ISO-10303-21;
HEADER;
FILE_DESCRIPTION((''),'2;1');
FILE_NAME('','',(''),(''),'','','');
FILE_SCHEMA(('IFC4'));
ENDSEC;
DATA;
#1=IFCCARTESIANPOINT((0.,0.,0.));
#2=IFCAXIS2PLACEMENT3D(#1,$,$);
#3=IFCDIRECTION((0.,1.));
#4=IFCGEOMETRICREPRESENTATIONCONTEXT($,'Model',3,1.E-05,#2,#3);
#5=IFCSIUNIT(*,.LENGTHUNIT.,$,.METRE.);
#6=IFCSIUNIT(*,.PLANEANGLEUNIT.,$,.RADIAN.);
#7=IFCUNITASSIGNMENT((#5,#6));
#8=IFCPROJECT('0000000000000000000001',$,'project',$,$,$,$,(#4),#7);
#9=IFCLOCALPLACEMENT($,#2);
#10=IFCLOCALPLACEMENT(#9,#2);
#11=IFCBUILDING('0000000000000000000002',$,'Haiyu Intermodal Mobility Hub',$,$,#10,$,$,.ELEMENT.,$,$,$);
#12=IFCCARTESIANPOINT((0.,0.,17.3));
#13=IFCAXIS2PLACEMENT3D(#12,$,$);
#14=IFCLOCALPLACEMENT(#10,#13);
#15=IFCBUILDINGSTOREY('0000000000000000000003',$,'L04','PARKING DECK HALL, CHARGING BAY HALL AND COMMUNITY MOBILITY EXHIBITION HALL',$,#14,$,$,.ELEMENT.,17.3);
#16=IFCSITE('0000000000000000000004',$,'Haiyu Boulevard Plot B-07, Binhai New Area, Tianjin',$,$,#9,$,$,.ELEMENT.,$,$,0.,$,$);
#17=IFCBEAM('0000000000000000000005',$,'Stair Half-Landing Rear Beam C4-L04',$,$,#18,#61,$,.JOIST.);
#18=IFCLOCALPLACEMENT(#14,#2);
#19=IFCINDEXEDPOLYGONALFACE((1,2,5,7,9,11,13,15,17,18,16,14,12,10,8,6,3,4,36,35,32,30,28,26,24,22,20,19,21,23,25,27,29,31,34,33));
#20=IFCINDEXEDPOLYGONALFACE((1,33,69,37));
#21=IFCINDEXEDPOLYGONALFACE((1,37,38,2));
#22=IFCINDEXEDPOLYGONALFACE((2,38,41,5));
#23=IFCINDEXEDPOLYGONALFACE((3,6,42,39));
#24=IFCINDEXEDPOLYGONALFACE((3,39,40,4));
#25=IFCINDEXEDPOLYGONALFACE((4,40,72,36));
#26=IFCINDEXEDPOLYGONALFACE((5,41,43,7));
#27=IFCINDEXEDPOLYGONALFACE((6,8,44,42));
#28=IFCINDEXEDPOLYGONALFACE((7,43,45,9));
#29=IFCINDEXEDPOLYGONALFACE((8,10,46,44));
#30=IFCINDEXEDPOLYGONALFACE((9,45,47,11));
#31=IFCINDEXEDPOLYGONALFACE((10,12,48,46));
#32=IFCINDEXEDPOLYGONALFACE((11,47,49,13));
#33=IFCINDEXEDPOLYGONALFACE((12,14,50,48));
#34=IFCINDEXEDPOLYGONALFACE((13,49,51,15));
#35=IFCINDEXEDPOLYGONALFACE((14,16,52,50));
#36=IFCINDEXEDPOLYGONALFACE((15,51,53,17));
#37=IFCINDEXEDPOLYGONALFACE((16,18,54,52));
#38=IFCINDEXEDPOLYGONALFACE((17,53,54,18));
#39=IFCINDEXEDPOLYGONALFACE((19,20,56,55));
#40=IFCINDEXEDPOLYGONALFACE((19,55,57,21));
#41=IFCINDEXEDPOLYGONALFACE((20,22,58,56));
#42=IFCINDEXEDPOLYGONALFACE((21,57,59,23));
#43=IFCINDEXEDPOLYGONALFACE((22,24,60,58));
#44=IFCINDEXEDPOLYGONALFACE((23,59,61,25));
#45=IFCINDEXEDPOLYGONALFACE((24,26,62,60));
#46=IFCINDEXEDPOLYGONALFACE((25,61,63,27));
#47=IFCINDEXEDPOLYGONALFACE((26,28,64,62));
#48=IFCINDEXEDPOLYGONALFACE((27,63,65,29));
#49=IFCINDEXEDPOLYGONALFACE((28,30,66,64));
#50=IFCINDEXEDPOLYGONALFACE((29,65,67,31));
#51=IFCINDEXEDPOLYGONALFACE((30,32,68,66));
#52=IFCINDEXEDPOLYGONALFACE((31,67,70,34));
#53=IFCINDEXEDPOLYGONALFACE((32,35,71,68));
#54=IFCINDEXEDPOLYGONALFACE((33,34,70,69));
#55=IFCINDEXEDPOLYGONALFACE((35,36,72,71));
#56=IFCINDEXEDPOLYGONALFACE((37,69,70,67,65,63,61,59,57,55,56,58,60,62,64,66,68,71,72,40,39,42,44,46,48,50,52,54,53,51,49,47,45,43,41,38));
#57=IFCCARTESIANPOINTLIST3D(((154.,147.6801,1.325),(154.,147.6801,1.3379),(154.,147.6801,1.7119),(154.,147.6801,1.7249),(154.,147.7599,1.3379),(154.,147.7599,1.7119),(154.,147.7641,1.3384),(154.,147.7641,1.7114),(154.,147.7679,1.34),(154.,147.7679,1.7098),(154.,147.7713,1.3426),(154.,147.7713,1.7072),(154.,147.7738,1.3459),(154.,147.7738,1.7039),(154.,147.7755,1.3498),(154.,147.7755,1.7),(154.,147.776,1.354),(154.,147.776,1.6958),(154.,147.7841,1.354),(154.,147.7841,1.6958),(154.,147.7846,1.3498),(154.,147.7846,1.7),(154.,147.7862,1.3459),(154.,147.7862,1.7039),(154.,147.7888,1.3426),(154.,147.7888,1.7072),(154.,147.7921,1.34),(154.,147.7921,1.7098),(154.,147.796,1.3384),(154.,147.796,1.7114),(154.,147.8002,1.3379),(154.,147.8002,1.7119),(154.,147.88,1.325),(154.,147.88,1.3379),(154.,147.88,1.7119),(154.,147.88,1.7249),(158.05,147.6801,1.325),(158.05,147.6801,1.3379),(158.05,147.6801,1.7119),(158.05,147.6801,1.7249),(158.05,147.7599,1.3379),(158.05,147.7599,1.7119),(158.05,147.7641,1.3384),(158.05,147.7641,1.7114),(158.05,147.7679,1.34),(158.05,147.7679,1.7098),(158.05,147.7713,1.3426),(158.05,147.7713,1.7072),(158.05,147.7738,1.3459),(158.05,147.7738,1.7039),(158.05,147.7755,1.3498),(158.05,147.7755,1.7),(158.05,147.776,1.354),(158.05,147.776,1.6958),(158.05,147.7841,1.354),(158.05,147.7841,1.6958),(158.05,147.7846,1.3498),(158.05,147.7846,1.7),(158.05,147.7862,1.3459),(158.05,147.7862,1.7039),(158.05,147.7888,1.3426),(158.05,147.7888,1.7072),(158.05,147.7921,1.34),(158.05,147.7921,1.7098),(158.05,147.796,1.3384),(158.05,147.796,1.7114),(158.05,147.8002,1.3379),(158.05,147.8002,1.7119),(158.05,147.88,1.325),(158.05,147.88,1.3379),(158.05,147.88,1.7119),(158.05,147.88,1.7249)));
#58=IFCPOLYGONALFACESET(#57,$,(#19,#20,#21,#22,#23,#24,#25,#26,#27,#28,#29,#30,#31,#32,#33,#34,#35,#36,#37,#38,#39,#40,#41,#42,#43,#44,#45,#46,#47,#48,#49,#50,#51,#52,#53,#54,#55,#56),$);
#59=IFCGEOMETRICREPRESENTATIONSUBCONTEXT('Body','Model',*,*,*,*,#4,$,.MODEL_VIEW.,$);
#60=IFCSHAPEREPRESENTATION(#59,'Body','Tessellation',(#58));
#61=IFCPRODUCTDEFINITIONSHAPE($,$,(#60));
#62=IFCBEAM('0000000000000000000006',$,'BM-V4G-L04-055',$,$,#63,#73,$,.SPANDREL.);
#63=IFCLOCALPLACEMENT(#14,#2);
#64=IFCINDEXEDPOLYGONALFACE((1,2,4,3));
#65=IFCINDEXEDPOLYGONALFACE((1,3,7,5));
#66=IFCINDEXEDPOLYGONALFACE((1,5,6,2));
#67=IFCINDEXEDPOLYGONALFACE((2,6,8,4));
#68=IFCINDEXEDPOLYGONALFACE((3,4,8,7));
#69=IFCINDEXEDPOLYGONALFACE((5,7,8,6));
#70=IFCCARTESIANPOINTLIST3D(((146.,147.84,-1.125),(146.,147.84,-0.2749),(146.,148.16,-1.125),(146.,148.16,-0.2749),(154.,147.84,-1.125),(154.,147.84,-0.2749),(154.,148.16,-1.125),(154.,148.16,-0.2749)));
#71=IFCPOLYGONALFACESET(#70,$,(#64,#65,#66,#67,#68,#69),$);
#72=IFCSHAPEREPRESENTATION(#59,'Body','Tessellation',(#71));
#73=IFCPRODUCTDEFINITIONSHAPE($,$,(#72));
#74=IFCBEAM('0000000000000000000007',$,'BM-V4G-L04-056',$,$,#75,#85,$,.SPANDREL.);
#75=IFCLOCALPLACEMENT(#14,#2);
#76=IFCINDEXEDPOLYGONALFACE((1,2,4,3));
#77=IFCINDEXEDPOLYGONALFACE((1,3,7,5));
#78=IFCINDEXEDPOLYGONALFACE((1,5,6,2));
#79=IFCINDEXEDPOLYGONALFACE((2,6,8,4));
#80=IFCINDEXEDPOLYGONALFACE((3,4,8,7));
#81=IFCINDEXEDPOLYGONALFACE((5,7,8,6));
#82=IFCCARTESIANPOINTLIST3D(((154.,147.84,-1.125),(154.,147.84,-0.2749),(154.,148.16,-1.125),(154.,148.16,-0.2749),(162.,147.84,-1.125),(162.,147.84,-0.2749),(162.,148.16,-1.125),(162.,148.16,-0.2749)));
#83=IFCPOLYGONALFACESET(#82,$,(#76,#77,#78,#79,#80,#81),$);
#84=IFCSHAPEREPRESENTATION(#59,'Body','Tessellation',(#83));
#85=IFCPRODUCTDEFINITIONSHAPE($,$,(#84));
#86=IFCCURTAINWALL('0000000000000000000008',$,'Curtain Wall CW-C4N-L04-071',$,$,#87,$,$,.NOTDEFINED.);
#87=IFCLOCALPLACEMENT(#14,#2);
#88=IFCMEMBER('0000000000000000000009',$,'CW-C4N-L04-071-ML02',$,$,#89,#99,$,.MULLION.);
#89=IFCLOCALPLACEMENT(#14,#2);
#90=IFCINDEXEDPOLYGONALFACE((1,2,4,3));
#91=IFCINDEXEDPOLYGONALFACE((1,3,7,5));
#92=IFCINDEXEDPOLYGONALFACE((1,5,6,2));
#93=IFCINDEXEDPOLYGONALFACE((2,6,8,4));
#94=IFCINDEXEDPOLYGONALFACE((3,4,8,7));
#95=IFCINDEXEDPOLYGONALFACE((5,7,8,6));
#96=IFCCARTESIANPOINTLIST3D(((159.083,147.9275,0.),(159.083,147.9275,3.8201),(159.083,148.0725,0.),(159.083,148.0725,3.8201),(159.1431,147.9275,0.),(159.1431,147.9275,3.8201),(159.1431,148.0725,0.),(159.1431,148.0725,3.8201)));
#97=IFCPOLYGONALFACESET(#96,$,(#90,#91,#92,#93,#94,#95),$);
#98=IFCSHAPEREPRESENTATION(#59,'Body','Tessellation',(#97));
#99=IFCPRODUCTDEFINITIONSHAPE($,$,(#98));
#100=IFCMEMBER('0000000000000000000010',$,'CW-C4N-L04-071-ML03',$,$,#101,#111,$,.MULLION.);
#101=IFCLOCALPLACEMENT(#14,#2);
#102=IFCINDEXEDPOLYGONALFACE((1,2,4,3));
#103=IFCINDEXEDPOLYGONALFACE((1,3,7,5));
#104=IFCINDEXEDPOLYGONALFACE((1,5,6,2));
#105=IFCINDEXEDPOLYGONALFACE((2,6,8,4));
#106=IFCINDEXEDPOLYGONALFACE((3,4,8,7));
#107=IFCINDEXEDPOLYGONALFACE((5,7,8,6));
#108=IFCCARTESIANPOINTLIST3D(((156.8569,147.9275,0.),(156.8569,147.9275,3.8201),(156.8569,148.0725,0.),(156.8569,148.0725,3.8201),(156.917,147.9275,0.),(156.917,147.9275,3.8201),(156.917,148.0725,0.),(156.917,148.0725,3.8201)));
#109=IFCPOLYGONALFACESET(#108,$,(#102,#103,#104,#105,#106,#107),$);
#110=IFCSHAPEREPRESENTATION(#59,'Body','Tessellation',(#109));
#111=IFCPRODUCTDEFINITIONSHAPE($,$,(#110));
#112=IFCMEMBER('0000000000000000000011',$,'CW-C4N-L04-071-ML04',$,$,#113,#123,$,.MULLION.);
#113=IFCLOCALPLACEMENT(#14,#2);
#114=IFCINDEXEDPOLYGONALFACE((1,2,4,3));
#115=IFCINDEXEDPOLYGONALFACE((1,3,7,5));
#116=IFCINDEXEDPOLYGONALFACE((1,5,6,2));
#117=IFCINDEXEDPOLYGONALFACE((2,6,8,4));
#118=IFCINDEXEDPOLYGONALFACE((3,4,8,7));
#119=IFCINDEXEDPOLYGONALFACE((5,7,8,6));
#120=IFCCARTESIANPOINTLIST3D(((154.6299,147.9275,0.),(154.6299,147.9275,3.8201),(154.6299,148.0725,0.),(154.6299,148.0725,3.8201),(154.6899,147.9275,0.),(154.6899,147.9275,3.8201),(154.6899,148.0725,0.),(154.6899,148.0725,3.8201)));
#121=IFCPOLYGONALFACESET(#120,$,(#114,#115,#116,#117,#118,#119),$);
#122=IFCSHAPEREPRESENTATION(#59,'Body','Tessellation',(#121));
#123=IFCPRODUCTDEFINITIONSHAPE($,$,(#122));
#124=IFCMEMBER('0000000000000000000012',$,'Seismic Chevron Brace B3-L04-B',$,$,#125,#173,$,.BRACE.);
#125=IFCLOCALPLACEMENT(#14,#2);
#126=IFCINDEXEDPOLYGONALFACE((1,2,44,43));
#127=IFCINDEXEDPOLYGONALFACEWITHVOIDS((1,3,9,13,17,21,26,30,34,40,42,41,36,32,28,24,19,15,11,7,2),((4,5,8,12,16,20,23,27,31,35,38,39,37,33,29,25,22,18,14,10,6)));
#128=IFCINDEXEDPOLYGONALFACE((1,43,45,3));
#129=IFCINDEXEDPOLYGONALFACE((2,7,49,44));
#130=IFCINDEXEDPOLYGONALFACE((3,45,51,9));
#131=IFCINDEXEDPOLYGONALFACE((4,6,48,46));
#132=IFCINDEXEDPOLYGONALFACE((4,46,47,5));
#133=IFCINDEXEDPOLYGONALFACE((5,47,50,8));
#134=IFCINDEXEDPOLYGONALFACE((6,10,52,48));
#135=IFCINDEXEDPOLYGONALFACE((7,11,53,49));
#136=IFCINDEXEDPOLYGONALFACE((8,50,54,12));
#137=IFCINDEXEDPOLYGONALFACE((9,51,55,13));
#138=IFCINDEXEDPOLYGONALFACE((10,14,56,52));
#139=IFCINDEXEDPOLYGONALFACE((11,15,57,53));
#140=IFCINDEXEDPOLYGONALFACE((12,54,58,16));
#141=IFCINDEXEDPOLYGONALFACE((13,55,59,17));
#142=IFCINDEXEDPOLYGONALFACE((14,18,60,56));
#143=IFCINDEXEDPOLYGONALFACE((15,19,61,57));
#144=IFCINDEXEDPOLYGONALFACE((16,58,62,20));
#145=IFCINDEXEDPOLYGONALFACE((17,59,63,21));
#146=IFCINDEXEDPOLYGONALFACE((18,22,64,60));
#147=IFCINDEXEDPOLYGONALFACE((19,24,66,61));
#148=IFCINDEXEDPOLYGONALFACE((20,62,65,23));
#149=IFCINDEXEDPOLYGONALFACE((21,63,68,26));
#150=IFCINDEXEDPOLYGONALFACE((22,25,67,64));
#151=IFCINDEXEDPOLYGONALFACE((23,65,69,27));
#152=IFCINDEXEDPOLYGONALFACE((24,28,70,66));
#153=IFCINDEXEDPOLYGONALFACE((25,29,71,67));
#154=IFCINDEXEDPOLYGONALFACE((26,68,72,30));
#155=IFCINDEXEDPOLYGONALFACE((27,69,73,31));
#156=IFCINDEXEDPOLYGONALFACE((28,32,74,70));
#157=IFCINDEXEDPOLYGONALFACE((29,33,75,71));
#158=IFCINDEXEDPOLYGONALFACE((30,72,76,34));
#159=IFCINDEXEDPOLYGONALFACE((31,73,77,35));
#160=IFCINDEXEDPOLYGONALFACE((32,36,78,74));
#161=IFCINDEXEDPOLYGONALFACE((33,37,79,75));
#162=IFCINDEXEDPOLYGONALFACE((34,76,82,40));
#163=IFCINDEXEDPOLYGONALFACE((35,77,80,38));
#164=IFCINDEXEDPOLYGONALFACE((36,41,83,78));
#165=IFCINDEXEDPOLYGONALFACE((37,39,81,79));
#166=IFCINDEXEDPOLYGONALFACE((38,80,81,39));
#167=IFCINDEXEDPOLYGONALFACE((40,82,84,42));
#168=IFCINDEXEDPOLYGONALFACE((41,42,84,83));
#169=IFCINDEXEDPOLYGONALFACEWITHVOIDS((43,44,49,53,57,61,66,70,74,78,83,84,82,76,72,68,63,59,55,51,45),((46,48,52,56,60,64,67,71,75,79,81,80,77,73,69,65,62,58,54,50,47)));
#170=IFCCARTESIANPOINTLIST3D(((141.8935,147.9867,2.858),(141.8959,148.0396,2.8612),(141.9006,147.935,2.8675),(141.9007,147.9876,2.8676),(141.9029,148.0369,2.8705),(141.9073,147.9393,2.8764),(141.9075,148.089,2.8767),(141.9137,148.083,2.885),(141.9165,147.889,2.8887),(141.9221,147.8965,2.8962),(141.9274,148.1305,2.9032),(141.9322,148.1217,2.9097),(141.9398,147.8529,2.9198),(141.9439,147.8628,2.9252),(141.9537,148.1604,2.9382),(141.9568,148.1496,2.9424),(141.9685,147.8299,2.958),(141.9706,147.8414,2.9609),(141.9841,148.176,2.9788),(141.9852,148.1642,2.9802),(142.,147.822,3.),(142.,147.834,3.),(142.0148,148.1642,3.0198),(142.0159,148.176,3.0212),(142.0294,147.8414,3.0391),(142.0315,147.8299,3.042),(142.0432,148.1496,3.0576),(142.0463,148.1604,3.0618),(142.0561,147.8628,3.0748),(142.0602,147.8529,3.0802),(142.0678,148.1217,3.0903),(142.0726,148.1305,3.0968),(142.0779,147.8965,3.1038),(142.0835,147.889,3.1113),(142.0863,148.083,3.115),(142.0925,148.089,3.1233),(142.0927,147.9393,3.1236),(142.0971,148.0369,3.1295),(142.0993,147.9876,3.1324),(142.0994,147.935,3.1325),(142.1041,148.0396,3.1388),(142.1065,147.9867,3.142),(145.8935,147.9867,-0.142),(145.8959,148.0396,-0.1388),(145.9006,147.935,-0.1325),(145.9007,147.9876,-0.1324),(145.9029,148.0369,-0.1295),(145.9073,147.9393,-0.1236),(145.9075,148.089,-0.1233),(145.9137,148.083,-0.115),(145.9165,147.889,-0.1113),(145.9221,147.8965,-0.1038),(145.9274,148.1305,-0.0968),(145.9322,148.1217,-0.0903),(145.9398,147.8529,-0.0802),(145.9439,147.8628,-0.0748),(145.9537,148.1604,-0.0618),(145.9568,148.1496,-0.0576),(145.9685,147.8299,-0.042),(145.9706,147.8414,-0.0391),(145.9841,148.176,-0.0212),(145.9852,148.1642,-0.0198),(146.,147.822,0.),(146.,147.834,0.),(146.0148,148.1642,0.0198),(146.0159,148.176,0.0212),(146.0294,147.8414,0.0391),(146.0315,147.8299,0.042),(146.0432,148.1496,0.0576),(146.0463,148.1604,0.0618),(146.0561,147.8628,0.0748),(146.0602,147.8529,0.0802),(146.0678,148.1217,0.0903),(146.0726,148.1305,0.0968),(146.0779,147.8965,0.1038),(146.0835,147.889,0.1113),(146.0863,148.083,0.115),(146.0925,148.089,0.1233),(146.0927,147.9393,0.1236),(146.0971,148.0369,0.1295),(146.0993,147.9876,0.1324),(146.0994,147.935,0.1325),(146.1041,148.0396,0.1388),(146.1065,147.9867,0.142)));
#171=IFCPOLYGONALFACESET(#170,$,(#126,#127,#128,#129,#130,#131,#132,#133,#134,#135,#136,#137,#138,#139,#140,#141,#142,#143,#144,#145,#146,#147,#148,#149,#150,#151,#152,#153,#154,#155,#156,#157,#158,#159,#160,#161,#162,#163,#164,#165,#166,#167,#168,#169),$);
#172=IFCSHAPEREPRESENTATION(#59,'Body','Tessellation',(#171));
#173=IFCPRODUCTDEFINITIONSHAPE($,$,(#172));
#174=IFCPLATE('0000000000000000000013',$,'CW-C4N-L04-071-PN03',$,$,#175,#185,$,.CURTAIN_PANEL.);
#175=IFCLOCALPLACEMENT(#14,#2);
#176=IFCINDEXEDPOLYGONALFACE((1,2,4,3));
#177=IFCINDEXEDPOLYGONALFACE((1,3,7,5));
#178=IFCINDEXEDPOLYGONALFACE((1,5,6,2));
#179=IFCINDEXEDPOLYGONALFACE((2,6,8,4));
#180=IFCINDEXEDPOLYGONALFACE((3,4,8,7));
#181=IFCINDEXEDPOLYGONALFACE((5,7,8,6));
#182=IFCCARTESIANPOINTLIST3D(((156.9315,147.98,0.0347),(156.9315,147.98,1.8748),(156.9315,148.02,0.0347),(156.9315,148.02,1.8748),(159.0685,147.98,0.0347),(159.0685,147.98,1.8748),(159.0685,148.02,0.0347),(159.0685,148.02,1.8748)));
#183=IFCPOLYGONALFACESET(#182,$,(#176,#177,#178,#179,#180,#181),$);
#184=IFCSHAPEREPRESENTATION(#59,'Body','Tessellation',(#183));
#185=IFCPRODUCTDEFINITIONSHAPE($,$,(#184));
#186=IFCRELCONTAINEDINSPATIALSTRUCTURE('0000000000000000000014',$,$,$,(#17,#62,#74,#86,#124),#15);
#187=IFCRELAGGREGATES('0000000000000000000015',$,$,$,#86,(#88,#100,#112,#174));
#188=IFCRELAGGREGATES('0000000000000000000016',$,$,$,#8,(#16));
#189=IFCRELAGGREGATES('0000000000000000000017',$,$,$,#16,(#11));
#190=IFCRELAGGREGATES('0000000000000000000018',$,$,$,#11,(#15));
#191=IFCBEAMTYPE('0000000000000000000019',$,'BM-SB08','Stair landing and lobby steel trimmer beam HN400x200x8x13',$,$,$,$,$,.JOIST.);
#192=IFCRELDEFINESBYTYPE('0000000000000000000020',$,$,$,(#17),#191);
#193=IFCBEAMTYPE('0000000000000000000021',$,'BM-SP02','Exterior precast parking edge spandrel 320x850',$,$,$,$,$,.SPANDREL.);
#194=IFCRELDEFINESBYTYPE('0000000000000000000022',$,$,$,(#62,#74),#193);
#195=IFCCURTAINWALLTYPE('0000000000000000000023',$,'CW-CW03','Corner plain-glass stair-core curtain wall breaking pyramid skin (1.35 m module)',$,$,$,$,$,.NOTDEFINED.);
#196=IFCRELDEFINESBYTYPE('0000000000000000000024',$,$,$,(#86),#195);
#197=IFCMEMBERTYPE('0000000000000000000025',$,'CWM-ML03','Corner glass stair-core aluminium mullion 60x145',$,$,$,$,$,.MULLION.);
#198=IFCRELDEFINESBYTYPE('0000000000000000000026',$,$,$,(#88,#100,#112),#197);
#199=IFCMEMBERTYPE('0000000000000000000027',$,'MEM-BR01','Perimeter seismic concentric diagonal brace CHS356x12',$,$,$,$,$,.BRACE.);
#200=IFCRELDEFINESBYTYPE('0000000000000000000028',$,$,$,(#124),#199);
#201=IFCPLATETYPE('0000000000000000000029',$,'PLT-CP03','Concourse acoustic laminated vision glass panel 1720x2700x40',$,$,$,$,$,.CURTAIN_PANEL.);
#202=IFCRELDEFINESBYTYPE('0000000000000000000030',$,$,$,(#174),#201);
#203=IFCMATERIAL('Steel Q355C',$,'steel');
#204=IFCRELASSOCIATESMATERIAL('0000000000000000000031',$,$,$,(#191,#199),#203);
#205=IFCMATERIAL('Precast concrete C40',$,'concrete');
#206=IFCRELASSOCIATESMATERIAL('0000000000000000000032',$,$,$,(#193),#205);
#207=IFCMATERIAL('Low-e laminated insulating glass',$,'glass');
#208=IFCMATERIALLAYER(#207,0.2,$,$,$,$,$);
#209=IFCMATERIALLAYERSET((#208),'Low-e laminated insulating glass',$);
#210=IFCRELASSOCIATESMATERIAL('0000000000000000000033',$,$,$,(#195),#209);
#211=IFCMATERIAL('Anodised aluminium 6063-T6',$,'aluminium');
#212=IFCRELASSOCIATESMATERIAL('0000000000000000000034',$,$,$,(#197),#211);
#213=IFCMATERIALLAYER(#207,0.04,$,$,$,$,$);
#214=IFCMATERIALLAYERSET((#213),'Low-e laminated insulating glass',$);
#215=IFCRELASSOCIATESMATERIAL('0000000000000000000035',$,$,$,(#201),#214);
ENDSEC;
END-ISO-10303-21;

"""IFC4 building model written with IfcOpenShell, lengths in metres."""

from ifc_helpers import new_model, si_unit, direction, frame, origin, origin_2d, place, context, subcontext, project, spatial, rectangle, hollow_circle, i_section, extrude, material, layer, layer_set, material_profile, profile_set, type_object, element, aggregate, save


model = new_model("IFC4")

# Units and contexts
model_context = context("Model", 3, precision=1e-05, world=origin(), true_north=direction((0.0, 1.0)))
body_context = subcontext(model_context, "Body", "Model", "MODEL_VIEW")
ifc_project = project(units=[si_unit("LENGTHUNIT", "METRE"), si_unit("PLANEANGLEUNIT", "RADIAN")], contexts=[model_context])

# Site, building, storey
site_placement = place(None, origin())
site = spatial("IfcSite", under=ifc_project, at=site_placement, Name="Haiyu Boulevard Plot B-07, Binhai New Area, Tianjin", CompositionType="ELEMENT", RefElevation=0.0)
building_placement = place(site_placement, origin())
building = spatial("IfcBuilding", under=site, at=building_placement, Name="Haiyu Intermodal Mobility Hub", CompositionType="ELEMENT")
storey_placement = place(building_placement, frame((0.0, 0.0, 17.3)))
storey = spatial("IfcBuildingStorey", under=building, at=storey_placement, Name="L04", Description="PARKING DECK HALL, CHARGING BAY HALL AND COMMUNITY MOBILITY EXHIBITION HALL", CompositionType="ELEMENT", Elevation=17.3)

# Shared definitions
ifc_material_1 = material(Name="Steel Q355C", Category="steel")

# Beams
ifc_material_profile_1 = material_profile(ifc_material_1, i_section(OverallWidth=0.2, OverallDepth=0.3999, WebThickness=0.0081, FlangeThickness=0.0129, FilletRadius=0.0161, at=origin_2d()), Name="HN400x200x8x13")
ifc_profile_set_1 = profile_set([ifc_material_profile_1], Name="Steel Q355C")
beam_type_1 = type_object("IfcBeamType", Name="BM-SB08", Description="Stair landing and lobby steel trimmer beam HN400x200x8x13", PredefinedType="JOIST", material=ifc_profile_set_1)
for number, where, z_axis, x_axis, name in (
    (1, (154.0, 147.78, 1.5249), (1.0, 0.0, 0.0), (0.0, 1.0, 0.0), "Stair Half-Landing Rear Beam C4-L04"),
):
    element("IfcBeam", number, at=place(storey_placement, frame(where, z_axis=z_axis, x_axis=x_axis)), inside=storey, type_object=beam_type_1, Name=name, PredefinedType="JOIST", context=body_context, shape_type="SweptSolid", body=[
        extrude(i_section(OverallWidth=0.2, OverallDepth=0.3999, WebThickness=0.0081, FlangeThickness=0.0129, FilletRadius=0.0161, at=origin_2d()), origin(), (0.0, 0.0, 1.0), 4.05),
    ])
ifc_material_2 = material(Name="Precast concrete C40", Category="concrete")
ifc_material_profile_2 = material_profile(ifc_material_2, rectangle(XDim=0.3201, YDim=0.8501, at=origin_2d()), Name="PC320x850")
ifc_profile_set_2 = profile_set([ifc_material_profile_2], Name="Precast concrete C40")
beam_type_2 = type_object("IfcBeamType", Name="BM-SP02", Description="Exterior precast parking edge spandrel 320x850", PredefinedType="SPANDREL", material=ifc_profile_set_2)
for number, where, z_axis, x_axis, name in (
    (2, (146.0, 148.0, -0.7), (1.0, 0.0, 0.0), (0.0, 1.0, 0.0), "BM-V4G-L04-055"),
    (3, (154.0, 148.0, -0.7), (1.0, 0.0, 0.0), (0.0, 1.0, 0.0), "BM-V4G-L04-056"),
):
    element("IfcBeam", number, at=place(storey_placement, frame(where, z_axis=z_axis, x_axis=x_axis)), inside=storey, type_object=beam_type_2, Name=name, PredefinedType="SPANDREL", context=body_context, shape_type="SweptSolid", body=[
        extrude(rectangle(XDim=0.3201, YDim=0.8501, at=origin_2d()), origin(), (0.0, 0.0, 1.0), 8.0),
    ])

# Curtain wall, members
ifc_material_3 = material(Name="Low-e laminated insulating glass", Category="glass")
ifc_layer_1 = layer(ifc_material_3, 0.2)
ifc_layer_set_1 = layer_set([ifc_layer_1], Name="Low-e laminated insulating glass")
curtain_wall_type = type_object("IfcCurtainWallType", Name="CW-CW03", Description="Corner plain-glass stair-core curtain wall breaking pyramid skin (1.35 m module)", PredefinedType="NOTDEFINED", material=ifc_layer_set_1)
curtain_wall_placement = place(storey_placement, origin())
curtain_wall = element("IfcCurtainWall", 4, at=curtain_wall_placement, inside=storey, type_object=curtain_wall_type, Name="Curtain Wall CW-C4N-L04-071", PredefinedType="NOTDEFINED")
ifc_material_4 = material(Name="Anodised aluminium 6063-T6", Category="aluminium")
ifc_material_profile_3 = material_profile(ifc_material_4, rectangle(XDim=0.0601, YDim=0.145, at=origin_2d()), Name="ALU60x145")
ifc_profile_set_3 = profile_set([ifc_material_profile_3], Name="Anodised aluminium 6063-T6")
member_type_1 = type_object("IfcMemberType", Name="CWM-ML03", Description="Corner glass stair-core aluminium mullion 60x145", PredefinedType="MULLION", material=ifc_profile_set_3)
member_1_placement = place(storey_placement, frame((159.113, 148.0, 0.0), z_axis=(0.0, 0.0, 1.0), x_axis=(1.0, 0.0, 0.0)))
member_1 = element("IfcMember", 5, at=member_1_placement, type_object=member_type_1, Name="CW-C4N-L04-071-ML02", PredefinedType="MULLION", context=body_context, shape_type="SweptSolid", body=[
    extrude(rectangle(XDim=0.0601, YDim=0.145, at=origin_2d()), origin(), (0.0, 0.0, 1.0), 3.8201),
])
member_2_placement = place(storey_placement, frame((156.887, 148.0, 0.0), z_axis=(0.0, 0.0, 1.0), x_axis=(1.0, 0.0, 0.0)))
member_2 = element("IfcMember", 6, at=member_2_placement, type_object=member_type_1, Name="CW-C4N-L04-071-ML03", PredefinedType="MULLION", context=body_context, shape_type="SweptSolid", body=[
    extrude(rectangle(XDim=0.0601, YDim=0.145, at=origin_2d()), origin(), (0.0, 0.0, 1.0), 3.8201),
])
member_3_placement = place(storey_placement, frame((154.6599, 148.0, 0.0), z_axis=(0.0, 0.0, 1.0), x_axis=(1.0, 0.0, 0.0)))
member_3 = element("IfcMember", 7, at=member_3_placement, type_object=member_type_1, Name="CW-C4N-L04-071-ML04", PredefinedType="MULLION", context=body_context, shape_type="SweptSolid", body=[
    extrude(rectangle(XDim=0.0601, YDim=0.145, at=origin_2d()), origin(), (0.0, 0.0, 1.0), 3.8201),
])

# Member
ifc_material_profile_4 = material_profile(ifc_material_1, hollow_circle(Radius=0.178, WallThickness=0.012, at=origin_2d()), Name="CHS356x12")
ifc_profile_set_4 = profile_set([ifc_material_profile_4], Name="Steel Q355C")
member_type_2 = type_object("IfcMemberType", Name="MEM-BR01", Description="Perimeter seismic concentric diagonal brace CHS356x12", PredefinedType="BRACE", material=ifc_profile_set_4)
member_4_placement = place(storey_placement, frame((146.0, 148.0, 0.0), z_axis=(-0.8, 0.0, 0.6), x_axis=(0.0, -1.0, 0.0)))
element("IfcMember", 8, at=member_4_placement, inside=storey, type_object=member_type_2, Name="Seismic Chevron Brace B3-L04-B", PredefinedType="BRACE", context=body_context, shape_type="SweptSolid", body=[
    extrude(hollow_circle(Radius=0.178, WallThickness=0.012, at=origin_2d()), origin(), (0.0, 0.0, 1.0), 5.0),
])

# Plate
ifc_layer_2 = layer(ifc_material_3, 0.04)
ifc_layer_set_2 = layer_set([ifc_layer_2], Name="Low-e laminated insulating glass")
plate_type_1 = type_object("IfcPlateType", Name="PLT-CP03", Description="Concourse acoustic laminated vision glass panel 1720x2700x40", PredefinedType="CURTAIN_PANEL", material=ifc_layer_set_2)
plate_1_placement = place(storey_placement, frame((158.0, 148.0, 0.0347), z_axis=(0.0, 0.0, 1.0), x_axis=(-1.0, 0.0, 0.0)))
plate_1 = element("IfcPlate", 9, at=plate_1_placement, type_object=plate_type_1, Name="CW-C4N-L04-071-PN03", PredefinedType="CURTAIN_PANEL", context=body_context, shape_type="SweptSolid", body=[
    extrude(rectangle(XDim=2.137, YDim=0.04, at=origin_2d()), origin(), (0.0, 0.0, 1.0), 1.8401),
])
aggregate(curtain_wall, [member_1, member_2, member_3, plate_1])

save(model, "model.ifc")
